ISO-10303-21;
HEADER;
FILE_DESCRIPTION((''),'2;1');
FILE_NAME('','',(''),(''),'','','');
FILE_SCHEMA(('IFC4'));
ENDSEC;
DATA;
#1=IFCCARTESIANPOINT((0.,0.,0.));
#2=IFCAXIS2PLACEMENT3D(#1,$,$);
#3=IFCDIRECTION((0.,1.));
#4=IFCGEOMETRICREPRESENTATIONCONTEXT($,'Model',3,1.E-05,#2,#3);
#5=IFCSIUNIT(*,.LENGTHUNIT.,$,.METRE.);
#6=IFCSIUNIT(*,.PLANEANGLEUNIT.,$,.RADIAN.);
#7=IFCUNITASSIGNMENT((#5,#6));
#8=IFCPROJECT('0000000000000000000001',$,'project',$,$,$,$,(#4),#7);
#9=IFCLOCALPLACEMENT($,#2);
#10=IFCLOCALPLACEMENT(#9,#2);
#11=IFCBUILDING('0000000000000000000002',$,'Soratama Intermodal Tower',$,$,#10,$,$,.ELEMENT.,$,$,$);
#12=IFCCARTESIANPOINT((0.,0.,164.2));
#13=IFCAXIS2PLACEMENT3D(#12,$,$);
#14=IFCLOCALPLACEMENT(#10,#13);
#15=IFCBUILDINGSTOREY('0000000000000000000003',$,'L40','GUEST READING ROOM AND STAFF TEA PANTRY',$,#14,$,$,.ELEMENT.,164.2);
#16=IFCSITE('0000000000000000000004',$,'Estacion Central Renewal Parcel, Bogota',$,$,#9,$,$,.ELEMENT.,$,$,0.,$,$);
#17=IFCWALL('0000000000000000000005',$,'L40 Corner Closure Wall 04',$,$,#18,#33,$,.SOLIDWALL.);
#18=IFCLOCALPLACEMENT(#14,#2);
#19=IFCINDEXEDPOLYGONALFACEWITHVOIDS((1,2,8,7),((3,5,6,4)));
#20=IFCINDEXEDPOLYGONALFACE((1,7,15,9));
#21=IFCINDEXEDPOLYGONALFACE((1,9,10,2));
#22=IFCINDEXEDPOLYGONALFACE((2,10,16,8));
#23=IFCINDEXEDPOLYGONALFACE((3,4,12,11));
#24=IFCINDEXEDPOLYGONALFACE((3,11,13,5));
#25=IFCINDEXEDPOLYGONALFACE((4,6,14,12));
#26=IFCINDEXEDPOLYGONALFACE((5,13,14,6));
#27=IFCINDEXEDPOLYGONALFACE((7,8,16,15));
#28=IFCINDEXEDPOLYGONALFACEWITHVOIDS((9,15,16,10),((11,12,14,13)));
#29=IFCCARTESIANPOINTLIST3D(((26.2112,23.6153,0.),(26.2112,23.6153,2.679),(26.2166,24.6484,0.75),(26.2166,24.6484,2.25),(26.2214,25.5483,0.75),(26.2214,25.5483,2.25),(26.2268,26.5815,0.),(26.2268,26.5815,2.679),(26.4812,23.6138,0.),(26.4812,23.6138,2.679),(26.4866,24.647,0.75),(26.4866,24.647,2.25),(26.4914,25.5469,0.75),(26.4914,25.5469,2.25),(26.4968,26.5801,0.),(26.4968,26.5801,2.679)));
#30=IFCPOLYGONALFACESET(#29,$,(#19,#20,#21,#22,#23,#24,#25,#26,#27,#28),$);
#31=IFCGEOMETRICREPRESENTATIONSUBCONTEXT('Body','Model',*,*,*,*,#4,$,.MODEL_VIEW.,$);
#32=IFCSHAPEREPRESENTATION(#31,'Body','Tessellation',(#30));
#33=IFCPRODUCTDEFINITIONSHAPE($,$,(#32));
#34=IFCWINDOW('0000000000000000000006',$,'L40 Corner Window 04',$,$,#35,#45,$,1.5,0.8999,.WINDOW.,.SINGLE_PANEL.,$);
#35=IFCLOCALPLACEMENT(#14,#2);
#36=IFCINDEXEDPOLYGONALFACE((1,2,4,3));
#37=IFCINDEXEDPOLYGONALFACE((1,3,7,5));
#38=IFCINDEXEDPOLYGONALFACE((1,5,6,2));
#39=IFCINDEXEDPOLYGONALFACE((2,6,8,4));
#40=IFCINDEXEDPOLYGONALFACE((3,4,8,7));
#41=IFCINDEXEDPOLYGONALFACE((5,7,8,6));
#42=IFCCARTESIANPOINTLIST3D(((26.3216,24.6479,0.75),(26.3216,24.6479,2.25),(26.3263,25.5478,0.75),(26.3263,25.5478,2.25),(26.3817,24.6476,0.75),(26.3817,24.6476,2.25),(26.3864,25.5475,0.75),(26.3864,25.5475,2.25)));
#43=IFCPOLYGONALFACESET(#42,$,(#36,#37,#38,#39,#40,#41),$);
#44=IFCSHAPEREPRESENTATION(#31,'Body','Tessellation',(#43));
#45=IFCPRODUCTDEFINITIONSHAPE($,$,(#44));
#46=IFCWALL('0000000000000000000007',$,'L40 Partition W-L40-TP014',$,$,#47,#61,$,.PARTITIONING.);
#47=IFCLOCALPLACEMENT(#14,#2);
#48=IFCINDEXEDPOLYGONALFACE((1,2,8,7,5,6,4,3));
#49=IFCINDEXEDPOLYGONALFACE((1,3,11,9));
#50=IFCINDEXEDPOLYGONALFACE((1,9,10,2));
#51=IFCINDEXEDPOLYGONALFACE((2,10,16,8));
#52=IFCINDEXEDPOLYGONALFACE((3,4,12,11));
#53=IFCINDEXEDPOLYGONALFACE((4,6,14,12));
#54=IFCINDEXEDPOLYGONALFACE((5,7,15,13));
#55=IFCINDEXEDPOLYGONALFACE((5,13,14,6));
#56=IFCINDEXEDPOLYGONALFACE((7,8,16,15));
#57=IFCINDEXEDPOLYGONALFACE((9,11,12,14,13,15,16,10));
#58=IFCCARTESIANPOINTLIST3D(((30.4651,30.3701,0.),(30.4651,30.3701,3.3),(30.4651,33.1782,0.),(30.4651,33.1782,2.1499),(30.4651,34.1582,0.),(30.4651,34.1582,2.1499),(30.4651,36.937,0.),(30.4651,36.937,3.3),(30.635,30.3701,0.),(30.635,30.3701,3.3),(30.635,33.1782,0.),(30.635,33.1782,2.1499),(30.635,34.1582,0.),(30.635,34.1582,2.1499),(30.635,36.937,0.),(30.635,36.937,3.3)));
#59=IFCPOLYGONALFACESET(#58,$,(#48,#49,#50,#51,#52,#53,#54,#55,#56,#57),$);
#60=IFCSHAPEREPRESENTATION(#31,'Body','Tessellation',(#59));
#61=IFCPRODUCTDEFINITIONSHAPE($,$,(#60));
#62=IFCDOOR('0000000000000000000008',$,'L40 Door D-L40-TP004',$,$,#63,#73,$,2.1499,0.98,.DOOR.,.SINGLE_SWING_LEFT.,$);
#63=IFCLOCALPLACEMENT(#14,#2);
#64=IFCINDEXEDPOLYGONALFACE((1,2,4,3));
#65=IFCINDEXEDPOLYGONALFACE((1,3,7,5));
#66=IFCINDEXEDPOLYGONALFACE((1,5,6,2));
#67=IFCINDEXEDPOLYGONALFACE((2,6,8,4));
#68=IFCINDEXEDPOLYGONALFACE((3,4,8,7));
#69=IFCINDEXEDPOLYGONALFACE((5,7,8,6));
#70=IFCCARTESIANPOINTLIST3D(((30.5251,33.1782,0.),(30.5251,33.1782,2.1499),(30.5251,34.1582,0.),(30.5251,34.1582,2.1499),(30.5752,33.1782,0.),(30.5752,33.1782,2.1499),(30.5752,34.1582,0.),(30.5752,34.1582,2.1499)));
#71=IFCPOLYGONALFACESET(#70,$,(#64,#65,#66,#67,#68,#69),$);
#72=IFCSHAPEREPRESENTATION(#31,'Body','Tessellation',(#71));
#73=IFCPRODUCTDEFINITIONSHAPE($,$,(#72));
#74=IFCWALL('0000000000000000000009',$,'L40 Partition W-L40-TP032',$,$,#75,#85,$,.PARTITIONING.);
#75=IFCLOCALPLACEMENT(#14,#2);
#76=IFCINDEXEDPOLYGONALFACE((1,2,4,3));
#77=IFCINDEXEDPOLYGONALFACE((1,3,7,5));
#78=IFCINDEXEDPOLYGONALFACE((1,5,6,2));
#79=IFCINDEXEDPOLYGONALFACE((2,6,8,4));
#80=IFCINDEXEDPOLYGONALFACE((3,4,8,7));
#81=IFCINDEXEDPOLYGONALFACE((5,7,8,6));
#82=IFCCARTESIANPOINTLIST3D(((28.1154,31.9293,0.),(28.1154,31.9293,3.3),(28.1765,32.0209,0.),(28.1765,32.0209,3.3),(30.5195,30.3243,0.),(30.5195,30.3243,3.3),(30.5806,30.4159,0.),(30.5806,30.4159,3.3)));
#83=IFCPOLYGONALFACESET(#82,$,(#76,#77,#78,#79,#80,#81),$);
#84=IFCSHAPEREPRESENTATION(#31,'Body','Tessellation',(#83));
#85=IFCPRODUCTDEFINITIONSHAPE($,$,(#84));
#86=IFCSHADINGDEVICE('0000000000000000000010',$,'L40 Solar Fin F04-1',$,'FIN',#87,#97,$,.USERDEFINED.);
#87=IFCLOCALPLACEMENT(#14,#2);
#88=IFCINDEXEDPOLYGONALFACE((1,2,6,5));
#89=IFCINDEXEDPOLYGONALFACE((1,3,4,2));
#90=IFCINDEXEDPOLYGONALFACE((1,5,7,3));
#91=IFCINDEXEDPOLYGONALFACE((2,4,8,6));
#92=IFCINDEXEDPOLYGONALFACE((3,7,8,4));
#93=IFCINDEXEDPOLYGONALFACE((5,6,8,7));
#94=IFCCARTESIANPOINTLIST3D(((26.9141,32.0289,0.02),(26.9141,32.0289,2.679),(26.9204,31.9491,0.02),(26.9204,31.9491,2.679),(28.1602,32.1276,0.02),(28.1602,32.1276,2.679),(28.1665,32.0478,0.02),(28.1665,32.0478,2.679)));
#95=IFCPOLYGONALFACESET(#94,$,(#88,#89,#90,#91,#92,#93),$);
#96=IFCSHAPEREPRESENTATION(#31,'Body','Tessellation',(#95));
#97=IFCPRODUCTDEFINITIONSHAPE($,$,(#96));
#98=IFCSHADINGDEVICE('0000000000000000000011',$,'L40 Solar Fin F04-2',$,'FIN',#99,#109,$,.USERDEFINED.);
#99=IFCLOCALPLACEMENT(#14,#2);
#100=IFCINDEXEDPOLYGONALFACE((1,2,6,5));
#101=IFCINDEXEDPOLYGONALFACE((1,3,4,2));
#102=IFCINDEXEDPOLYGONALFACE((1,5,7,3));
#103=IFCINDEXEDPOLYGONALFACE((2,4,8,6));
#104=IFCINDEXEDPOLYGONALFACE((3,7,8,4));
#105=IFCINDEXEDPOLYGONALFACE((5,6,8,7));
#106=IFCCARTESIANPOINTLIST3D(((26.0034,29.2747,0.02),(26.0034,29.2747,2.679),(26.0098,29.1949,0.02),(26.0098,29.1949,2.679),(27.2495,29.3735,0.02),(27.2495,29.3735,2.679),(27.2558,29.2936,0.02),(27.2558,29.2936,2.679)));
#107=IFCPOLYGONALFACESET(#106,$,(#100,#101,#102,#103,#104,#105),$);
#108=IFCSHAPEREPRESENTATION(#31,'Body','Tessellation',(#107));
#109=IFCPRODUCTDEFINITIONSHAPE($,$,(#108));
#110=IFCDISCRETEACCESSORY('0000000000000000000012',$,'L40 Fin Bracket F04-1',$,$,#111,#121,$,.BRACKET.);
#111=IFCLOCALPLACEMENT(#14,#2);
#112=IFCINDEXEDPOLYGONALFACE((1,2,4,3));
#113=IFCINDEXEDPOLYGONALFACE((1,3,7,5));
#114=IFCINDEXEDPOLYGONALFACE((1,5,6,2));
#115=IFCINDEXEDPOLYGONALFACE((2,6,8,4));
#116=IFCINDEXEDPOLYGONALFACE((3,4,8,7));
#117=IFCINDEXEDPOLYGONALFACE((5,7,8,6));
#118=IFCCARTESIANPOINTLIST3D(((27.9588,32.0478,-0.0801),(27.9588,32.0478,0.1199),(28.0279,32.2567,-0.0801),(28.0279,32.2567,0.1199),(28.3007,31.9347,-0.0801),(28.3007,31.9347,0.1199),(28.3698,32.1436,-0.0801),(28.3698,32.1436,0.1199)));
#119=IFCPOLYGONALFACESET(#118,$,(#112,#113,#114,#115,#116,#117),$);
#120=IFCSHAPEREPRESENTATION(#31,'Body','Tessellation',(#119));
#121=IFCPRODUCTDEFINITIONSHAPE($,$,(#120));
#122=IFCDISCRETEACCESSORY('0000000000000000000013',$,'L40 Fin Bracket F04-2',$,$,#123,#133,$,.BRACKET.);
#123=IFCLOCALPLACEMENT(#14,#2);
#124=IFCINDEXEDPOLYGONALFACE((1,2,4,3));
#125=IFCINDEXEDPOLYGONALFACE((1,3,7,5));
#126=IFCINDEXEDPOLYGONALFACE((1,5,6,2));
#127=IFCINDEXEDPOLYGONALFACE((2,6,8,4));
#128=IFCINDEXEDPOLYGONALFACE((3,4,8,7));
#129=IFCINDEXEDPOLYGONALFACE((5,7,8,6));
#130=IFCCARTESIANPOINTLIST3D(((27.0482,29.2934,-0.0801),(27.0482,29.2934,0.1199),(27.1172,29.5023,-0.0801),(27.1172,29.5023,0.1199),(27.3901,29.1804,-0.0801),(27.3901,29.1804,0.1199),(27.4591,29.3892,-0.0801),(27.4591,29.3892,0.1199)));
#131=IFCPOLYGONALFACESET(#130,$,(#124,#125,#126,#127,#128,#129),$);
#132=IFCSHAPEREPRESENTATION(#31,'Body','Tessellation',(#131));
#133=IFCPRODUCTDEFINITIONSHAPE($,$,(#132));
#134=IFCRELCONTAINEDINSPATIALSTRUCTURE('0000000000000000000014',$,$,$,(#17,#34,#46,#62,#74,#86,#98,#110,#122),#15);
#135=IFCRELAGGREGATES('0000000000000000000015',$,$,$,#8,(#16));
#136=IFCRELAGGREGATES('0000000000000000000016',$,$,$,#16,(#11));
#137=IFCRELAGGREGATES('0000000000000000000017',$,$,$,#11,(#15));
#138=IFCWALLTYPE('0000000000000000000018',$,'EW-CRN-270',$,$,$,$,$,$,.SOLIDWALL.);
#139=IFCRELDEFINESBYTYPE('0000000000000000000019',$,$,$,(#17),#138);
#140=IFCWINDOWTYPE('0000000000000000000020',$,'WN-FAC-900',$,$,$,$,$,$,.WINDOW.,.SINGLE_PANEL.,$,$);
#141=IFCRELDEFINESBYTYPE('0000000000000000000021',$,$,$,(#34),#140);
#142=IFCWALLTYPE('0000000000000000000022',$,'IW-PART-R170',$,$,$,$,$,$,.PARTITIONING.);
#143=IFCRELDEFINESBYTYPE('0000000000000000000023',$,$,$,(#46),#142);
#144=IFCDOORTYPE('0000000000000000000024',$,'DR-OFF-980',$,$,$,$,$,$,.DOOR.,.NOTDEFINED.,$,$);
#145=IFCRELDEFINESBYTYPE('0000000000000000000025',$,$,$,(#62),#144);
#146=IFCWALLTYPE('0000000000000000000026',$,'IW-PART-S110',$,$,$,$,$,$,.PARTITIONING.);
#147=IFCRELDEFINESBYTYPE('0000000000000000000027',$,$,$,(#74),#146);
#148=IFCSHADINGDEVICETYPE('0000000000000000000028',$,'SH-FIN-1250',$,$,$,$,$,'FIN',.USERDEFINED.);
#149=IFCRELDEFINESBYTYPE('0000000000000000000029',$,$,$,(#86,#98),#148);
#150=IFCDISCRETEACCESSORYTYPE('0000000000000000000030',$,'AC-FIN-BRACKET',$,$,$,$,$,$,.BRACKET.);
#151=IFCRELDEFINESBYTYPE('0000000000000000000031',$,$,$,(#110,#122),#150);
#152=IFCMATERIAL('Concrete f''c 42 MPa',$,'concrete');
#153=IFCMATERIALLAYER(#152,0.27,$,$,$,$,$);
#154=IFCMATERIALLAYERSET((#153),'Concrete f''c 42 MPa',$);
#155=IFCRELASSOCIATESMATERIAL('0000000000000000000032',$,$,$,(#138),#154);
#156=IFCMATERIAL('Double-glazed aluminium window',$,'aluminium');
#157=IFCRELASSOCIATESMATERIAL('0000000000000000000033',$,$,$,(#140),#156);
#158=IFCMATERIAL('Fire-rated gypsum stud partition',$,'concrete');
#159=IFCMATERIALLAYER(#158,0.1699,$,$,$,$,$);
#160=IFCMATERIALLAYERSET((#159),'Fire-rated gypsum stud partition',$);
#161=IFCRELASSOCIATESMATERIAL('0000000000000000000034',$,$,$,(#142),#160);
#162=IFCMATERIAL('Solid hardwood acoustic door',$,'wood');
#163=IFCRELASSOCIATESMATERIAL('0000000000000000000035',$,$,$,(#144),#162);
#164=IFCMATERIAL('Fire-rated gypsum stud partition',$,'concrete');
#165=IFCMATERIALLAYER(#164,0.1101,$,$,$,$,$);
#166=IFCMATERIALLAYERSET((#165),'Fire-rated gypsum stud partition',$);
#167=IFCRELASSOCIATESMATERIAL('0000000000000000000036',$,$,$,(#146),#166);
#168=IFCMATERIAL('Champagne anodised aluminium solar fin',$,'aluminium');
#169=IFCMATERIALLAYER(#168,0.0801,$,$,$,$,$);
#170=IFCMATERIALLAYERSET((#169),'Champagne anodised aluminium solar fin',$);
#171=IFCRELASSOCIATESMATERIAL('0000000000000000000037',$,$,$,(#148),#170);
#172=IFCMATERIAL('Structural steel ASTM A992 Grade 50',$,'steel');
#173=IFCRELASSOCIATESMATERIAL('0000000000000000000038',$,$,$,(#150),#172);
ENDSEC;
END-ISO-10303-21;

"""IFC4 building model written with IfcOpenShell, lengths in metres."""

from ifc_helpers import new_model, si_unit, direction, frame, frame_2d, origin, origin_2d, place, context, subcontext, project, spatial, rectangle, extrude, material, layer, layer_set, type_object, element, fill, save


model = new_model("IFC4")

# Units and contexts
model_context = context("Model", 3, precision=1e-05, world=origin(), true_north=direction((0.0, 1.0)))
body_context = subcontext(model_context, "Body", "Model", "MODEL_VIEW")
ifc_project = project(units=[si_unit("LENGTHUNIT", "METRE"), si_unit("PLANEANGLEUNIT", "RADIAN")], contexts=[model_context])

# Site, building, storey
site_placement = place(None, origin())
site = spatial("IfcSite", under=ifc_project, at=site_placement, Name="Estacion Central Renewal Parcel, Bogota", CompositionType="ELEMENT", RefElevation=0.0)
building_placement = place(site_placement, origin())
building = spatial("IfcBuilding", under=site, at=building_placement, Name="Soratama Intermodal Tower", CompositionType="ELEMENT")
storey_placement = place(building_placement, frame((0.0, 0.0, 164.2)))
storey = spatial("IfcBuildingStorey", under=building, at=storey_placement, Name="L40", Description="GUEST READING ROOM AND STAFF TEA PANTRY", CompositionType="ELEMENT", Elevation=164.2)

# Wall, opening, window
ifc_material_1 = material(Name="Concrete f'c 42 MPa", Category="concrete")
ifc_layer_1 = layer(ifc_material_1, 0.27)
ifc_layer_set_1 = layer_set([ifc_layer_1], Name="Concrete f'c 42 MPa")
wall_type_1 = type_object("IfcWallType", Name="EW-CRN-270", PredefinedType="SOLIDWALL", material=ifc_layer_set_1)
wall_1_placement = place(storey_placement, frame((26.3618, 26.5808, 0.0), z_axis=(0.0, 0.0, 1.0), x_axis=(-0.005267, -0.999986, 0.0)))
wall_1 = element("IfcWall", 1, at=wall_1_placement, inside=storey, type_object=wall_type_1, Name="L40 Corner Closure Wall 04", PredefinedType="SOLIDWALL", context=body_context, shape_type="SweptSolid", body=[
    extrude(rectangle(XDim=2.9663, YDim=0.27, at=frame_2d((1.4832, 0.0))), origin(), (0.0, 0.0, 1.0), 2.679),
])
opening_1_placement = place(wall_1_placement, frame((1.0332, 0.0, 0.75)))
opening_1 = element("IfcOpeningElement", 2, at=opening_1_placement, cuts=wall_1, PredefinedType="OPENING", context=body_context, shape_type="SweptSolid", body=[
    extrude(rectangle(XDim=0.8999, YDim=1.5, at=frame_2d((0.45, 0.75))), frame((0.0, 0.145, 0.0), z_axis=(0.0, -1.0, 0.0), x_axis=(1.0, 0.0, 0.0)), (0.0, 0.0, 1.0), 0.29),
])
ifc_material_2 = material(Name="Double-glazed aluminium window", Category="aluminium")
window_type = type_object("IfcWindowType", Name="WN-FAC-900", PartitioningType="SINGLE_PANEL", PredefinedType="WINDOW", material=ifc_material_2)
window_placement = place(opening_1_placement, origin())
window = element("IfcWindow", 3, at=window_placement, inside=storey, type_object=window_type, Name="L40 Corner Window 04", OverallHeight=1.5, OverallWidth=0.8999, PartitioningType="SINGLE_PANEL", PredefinedType="WINDOW", context=body_context, shape_type="SweptSolid", body=[
    extrude(rectangle(XDim=0.8999, YDim=1.5, at=frame_2d((0.45, 0.75))), frame((0.0, 0.03, 0.0), z_axis=(0.0, -1.0, 0.0), x_axis=(1.0, 0.0, 0.0)), (0.0, 0.0, 1.0), 0.0601),
])
fill(opening_1, window)

# Wall, opening, door
ifc_material_3 = material(Name="Fire-rated gypsum stud partition", Category="concrete")
ifc_layer_2 = layer(ifc_material_3, 0.1699)
ifc_layer_set_2 = layer_set([ifc_layer_2], Name="Fire-rated gypsum stud partition")
wall_type_2 = type_object("IfcWallType", Name="IW-PART-R170", PredefinedType="PARTITIONING", material=ifc_layer_set_2)
wall_2_placement = place(storey_placement, frame((30.55, 30.3701, 0.0), z_axis=(0.0, 0.0, 1.0), x_axis=(0.0, 1.0, 0.0)))
wall_2 = element("IfcWall", 4, at=wall_2_placement, inside=storey, type_object=wall_type_2, Name="L40 Partition W-L40-TP014", PredefinedType="PARTITIONING", context=body_context, shape_type="SweptSolid", body=[
    extrude(rectangle(XDim=6.5669, YDim=0.1699, at=frame_2d((3.2834, 0.0))), origin(), (0.0, 0.0, 1.0), 3.3),
])
opening_2_placement = place(wall_2_placement, frame((2.8081, 0.0, 0.0)))
opening_2 = element("IfcOpeningElement", 5, at=opening_2_placement, cuts=wall_2, PredefinedType="OPENING", context=body_context, shape_type="SweptSolid", body=[
    extrude(rectangle(XDim=0.98, YDim=2.1499, at=frame_2d((0.49, 1.075))), frame((0.0, 0.095, 0.0), z_axis=(0.0, -1.0, 0.0), x_axis=(1.0, 0.0, 0.0)), (0.0, 0.0, 1.0), 0.1899),
])
ifc_material_4 = material(Name="Solid hardwood acoustic door", Category="wood")
door_type = type_object("IfcDoorType", Name="DR-OFF-980", OperationType="NOTDEFINED", PredefinedType="DOOR", material=ifc_material_4)
door_placement = place(opening_2_placement, origin())
door = element("IfcDoor", 6, at=door_placement, inside=storey, type_object=door_type, Name="L40 Door D-L40-TP004", OperationType="SINGLE_SWING_LEFT", OverallHeight=2.1499, OverallWidth=0.98, PredefinedType="DOOR", context=body_context, shape_type="SweptSolid", body=[
    extrude(rectangle(XDim=0.98, YDim=2.1499, at=frame_2d((0.49, 1.075))), frame((0.0, 0.0249, 0.0), z_axis=(0.0, -1.0, 0.0), x_axis=(1.0, 0.0, 0.0)), (0.0, 0.0, 1.0), 0.05),
])
fill(opening_2, door)

# Wall
ifc_material_5 = material(Name="Fire-rated gypsum stud partition", Category="concrete")
ifc_layer_3 = layer(ifc_material_5, 0.1101)
ifc_layer_set_3 = layer_set([ifc_layer_3], Name="Fire-rated gypsum stud partition")
wall_type_3 = type_object("IfcWallType", Name="IW-PART-S110", PredefinedType="PARTITIONING", material=ifc_layer_set_3)
wall_3_placement = place(storey_placement, frame((30.55, 30.3701, 0.0), z_axis=(0.0, 0.0, 1.0), x_axis=(-0.831686, 0.555246, 0.0)))
element("IfcWall", 7, at=wall_3_placement, inside=storey, type_object=wall_type_3, Name="L40 Partition W-L40-TP032", PredefinedType="PARTITIONING", context=body_context, shape_type="SweptSolid", body=[
    extrude(rectangle(XDim=2.8906, YDim=0.1101, at=frame_2d((1.4453, 0.0))), origin(), (0.0, 0.0, 1.0), 3.3),
])

# Shading devices
ifc_material_6 = material(Name="Champagne anodised aluminium solar fin", Category="aluminium")
ifc_layer_4 = layer(ifc_material_6, 0.0801)
ifc_layer_set_4 = layer_set([ifc_layer_4], Name="Champagne anodised aluminium solar fin")
shading_device_type = type_object("IfcShadingDeviceType", Name="SH-FIN-1250", ElementType="FIN", PredefinedType="USERDEFINED", material=ifc_layer_set_4)
for number, where, z_axis, x_axis, name in (
    (8, (27.5403, 32.0383, 0.02), (0.0, 0.0, 1.0), (-0.996876, -0.078981, 0.0), "L40 Solar Fin F04-1"),
    (9, (26.6296, 29.2842, 0.02), (0.0, 0.0, 1.0), (-0.996876, -0.078981, 0.0), "L40 Solar Fin F04-2"),
):
    element("IfcShadingDevice", number, at=place(storey_placement, frame(where, z_axis=z_axis, x_axis=x_axis)), inside=storey, type_object=shading_device_type, Name=name, ObjectType="FIN", PredefinedType="USERDEFINED", context=body_context, shape_type="SweptSolid", body=[
        extrude(rectangle(XDim=1.25, YDim=0.0801, at=origin_2d()), origin(), (0.0, 0.0, 1.0), 2.6589),
    ])

# Discrete accessories
ifc_material_7 = material(Name="Structural steel ASTM A992 Grade 50", Category="steel")
discrete_accessory_type = type_object("IfcDiscreteAccessoryType", Name="AC-FIN-BRACKET", PredefinedType="BRACKET", material=ifc_material_7)
for number, where, z_axis, x_axis, name in (
    (10, (28.1643, 32.0957, -0.0801), (0.0, 0.0, 1.0), (-0.949425, 0.313992, 0.0), "L40 Fin Bracket F04-1"),
    (11, (27.2537, 29.3413, -0.0801), (0.0, 0.0, 1.0), (-0.949425, 0.313992, 0.0), "L40 Fin Bracket F04-2"),
):
    element("IfcDiscreteAccessory", number, at=place(storey_placement, frame(where, z_axis=z_axis, x_axis=x_axis)), inside=storey, type_object=discrete_accessory_type, Name=name, PredefinedType="BRACKET", context=body_context, shape_type="SweptSolid", body=[
        extrude(rectangle(XDim=0.3601, YDim=0.22, at=origin_2d()), origin(), (0.0, 0.0, 1.0), 0.2),
    ])

save(model, "model.ifc")
